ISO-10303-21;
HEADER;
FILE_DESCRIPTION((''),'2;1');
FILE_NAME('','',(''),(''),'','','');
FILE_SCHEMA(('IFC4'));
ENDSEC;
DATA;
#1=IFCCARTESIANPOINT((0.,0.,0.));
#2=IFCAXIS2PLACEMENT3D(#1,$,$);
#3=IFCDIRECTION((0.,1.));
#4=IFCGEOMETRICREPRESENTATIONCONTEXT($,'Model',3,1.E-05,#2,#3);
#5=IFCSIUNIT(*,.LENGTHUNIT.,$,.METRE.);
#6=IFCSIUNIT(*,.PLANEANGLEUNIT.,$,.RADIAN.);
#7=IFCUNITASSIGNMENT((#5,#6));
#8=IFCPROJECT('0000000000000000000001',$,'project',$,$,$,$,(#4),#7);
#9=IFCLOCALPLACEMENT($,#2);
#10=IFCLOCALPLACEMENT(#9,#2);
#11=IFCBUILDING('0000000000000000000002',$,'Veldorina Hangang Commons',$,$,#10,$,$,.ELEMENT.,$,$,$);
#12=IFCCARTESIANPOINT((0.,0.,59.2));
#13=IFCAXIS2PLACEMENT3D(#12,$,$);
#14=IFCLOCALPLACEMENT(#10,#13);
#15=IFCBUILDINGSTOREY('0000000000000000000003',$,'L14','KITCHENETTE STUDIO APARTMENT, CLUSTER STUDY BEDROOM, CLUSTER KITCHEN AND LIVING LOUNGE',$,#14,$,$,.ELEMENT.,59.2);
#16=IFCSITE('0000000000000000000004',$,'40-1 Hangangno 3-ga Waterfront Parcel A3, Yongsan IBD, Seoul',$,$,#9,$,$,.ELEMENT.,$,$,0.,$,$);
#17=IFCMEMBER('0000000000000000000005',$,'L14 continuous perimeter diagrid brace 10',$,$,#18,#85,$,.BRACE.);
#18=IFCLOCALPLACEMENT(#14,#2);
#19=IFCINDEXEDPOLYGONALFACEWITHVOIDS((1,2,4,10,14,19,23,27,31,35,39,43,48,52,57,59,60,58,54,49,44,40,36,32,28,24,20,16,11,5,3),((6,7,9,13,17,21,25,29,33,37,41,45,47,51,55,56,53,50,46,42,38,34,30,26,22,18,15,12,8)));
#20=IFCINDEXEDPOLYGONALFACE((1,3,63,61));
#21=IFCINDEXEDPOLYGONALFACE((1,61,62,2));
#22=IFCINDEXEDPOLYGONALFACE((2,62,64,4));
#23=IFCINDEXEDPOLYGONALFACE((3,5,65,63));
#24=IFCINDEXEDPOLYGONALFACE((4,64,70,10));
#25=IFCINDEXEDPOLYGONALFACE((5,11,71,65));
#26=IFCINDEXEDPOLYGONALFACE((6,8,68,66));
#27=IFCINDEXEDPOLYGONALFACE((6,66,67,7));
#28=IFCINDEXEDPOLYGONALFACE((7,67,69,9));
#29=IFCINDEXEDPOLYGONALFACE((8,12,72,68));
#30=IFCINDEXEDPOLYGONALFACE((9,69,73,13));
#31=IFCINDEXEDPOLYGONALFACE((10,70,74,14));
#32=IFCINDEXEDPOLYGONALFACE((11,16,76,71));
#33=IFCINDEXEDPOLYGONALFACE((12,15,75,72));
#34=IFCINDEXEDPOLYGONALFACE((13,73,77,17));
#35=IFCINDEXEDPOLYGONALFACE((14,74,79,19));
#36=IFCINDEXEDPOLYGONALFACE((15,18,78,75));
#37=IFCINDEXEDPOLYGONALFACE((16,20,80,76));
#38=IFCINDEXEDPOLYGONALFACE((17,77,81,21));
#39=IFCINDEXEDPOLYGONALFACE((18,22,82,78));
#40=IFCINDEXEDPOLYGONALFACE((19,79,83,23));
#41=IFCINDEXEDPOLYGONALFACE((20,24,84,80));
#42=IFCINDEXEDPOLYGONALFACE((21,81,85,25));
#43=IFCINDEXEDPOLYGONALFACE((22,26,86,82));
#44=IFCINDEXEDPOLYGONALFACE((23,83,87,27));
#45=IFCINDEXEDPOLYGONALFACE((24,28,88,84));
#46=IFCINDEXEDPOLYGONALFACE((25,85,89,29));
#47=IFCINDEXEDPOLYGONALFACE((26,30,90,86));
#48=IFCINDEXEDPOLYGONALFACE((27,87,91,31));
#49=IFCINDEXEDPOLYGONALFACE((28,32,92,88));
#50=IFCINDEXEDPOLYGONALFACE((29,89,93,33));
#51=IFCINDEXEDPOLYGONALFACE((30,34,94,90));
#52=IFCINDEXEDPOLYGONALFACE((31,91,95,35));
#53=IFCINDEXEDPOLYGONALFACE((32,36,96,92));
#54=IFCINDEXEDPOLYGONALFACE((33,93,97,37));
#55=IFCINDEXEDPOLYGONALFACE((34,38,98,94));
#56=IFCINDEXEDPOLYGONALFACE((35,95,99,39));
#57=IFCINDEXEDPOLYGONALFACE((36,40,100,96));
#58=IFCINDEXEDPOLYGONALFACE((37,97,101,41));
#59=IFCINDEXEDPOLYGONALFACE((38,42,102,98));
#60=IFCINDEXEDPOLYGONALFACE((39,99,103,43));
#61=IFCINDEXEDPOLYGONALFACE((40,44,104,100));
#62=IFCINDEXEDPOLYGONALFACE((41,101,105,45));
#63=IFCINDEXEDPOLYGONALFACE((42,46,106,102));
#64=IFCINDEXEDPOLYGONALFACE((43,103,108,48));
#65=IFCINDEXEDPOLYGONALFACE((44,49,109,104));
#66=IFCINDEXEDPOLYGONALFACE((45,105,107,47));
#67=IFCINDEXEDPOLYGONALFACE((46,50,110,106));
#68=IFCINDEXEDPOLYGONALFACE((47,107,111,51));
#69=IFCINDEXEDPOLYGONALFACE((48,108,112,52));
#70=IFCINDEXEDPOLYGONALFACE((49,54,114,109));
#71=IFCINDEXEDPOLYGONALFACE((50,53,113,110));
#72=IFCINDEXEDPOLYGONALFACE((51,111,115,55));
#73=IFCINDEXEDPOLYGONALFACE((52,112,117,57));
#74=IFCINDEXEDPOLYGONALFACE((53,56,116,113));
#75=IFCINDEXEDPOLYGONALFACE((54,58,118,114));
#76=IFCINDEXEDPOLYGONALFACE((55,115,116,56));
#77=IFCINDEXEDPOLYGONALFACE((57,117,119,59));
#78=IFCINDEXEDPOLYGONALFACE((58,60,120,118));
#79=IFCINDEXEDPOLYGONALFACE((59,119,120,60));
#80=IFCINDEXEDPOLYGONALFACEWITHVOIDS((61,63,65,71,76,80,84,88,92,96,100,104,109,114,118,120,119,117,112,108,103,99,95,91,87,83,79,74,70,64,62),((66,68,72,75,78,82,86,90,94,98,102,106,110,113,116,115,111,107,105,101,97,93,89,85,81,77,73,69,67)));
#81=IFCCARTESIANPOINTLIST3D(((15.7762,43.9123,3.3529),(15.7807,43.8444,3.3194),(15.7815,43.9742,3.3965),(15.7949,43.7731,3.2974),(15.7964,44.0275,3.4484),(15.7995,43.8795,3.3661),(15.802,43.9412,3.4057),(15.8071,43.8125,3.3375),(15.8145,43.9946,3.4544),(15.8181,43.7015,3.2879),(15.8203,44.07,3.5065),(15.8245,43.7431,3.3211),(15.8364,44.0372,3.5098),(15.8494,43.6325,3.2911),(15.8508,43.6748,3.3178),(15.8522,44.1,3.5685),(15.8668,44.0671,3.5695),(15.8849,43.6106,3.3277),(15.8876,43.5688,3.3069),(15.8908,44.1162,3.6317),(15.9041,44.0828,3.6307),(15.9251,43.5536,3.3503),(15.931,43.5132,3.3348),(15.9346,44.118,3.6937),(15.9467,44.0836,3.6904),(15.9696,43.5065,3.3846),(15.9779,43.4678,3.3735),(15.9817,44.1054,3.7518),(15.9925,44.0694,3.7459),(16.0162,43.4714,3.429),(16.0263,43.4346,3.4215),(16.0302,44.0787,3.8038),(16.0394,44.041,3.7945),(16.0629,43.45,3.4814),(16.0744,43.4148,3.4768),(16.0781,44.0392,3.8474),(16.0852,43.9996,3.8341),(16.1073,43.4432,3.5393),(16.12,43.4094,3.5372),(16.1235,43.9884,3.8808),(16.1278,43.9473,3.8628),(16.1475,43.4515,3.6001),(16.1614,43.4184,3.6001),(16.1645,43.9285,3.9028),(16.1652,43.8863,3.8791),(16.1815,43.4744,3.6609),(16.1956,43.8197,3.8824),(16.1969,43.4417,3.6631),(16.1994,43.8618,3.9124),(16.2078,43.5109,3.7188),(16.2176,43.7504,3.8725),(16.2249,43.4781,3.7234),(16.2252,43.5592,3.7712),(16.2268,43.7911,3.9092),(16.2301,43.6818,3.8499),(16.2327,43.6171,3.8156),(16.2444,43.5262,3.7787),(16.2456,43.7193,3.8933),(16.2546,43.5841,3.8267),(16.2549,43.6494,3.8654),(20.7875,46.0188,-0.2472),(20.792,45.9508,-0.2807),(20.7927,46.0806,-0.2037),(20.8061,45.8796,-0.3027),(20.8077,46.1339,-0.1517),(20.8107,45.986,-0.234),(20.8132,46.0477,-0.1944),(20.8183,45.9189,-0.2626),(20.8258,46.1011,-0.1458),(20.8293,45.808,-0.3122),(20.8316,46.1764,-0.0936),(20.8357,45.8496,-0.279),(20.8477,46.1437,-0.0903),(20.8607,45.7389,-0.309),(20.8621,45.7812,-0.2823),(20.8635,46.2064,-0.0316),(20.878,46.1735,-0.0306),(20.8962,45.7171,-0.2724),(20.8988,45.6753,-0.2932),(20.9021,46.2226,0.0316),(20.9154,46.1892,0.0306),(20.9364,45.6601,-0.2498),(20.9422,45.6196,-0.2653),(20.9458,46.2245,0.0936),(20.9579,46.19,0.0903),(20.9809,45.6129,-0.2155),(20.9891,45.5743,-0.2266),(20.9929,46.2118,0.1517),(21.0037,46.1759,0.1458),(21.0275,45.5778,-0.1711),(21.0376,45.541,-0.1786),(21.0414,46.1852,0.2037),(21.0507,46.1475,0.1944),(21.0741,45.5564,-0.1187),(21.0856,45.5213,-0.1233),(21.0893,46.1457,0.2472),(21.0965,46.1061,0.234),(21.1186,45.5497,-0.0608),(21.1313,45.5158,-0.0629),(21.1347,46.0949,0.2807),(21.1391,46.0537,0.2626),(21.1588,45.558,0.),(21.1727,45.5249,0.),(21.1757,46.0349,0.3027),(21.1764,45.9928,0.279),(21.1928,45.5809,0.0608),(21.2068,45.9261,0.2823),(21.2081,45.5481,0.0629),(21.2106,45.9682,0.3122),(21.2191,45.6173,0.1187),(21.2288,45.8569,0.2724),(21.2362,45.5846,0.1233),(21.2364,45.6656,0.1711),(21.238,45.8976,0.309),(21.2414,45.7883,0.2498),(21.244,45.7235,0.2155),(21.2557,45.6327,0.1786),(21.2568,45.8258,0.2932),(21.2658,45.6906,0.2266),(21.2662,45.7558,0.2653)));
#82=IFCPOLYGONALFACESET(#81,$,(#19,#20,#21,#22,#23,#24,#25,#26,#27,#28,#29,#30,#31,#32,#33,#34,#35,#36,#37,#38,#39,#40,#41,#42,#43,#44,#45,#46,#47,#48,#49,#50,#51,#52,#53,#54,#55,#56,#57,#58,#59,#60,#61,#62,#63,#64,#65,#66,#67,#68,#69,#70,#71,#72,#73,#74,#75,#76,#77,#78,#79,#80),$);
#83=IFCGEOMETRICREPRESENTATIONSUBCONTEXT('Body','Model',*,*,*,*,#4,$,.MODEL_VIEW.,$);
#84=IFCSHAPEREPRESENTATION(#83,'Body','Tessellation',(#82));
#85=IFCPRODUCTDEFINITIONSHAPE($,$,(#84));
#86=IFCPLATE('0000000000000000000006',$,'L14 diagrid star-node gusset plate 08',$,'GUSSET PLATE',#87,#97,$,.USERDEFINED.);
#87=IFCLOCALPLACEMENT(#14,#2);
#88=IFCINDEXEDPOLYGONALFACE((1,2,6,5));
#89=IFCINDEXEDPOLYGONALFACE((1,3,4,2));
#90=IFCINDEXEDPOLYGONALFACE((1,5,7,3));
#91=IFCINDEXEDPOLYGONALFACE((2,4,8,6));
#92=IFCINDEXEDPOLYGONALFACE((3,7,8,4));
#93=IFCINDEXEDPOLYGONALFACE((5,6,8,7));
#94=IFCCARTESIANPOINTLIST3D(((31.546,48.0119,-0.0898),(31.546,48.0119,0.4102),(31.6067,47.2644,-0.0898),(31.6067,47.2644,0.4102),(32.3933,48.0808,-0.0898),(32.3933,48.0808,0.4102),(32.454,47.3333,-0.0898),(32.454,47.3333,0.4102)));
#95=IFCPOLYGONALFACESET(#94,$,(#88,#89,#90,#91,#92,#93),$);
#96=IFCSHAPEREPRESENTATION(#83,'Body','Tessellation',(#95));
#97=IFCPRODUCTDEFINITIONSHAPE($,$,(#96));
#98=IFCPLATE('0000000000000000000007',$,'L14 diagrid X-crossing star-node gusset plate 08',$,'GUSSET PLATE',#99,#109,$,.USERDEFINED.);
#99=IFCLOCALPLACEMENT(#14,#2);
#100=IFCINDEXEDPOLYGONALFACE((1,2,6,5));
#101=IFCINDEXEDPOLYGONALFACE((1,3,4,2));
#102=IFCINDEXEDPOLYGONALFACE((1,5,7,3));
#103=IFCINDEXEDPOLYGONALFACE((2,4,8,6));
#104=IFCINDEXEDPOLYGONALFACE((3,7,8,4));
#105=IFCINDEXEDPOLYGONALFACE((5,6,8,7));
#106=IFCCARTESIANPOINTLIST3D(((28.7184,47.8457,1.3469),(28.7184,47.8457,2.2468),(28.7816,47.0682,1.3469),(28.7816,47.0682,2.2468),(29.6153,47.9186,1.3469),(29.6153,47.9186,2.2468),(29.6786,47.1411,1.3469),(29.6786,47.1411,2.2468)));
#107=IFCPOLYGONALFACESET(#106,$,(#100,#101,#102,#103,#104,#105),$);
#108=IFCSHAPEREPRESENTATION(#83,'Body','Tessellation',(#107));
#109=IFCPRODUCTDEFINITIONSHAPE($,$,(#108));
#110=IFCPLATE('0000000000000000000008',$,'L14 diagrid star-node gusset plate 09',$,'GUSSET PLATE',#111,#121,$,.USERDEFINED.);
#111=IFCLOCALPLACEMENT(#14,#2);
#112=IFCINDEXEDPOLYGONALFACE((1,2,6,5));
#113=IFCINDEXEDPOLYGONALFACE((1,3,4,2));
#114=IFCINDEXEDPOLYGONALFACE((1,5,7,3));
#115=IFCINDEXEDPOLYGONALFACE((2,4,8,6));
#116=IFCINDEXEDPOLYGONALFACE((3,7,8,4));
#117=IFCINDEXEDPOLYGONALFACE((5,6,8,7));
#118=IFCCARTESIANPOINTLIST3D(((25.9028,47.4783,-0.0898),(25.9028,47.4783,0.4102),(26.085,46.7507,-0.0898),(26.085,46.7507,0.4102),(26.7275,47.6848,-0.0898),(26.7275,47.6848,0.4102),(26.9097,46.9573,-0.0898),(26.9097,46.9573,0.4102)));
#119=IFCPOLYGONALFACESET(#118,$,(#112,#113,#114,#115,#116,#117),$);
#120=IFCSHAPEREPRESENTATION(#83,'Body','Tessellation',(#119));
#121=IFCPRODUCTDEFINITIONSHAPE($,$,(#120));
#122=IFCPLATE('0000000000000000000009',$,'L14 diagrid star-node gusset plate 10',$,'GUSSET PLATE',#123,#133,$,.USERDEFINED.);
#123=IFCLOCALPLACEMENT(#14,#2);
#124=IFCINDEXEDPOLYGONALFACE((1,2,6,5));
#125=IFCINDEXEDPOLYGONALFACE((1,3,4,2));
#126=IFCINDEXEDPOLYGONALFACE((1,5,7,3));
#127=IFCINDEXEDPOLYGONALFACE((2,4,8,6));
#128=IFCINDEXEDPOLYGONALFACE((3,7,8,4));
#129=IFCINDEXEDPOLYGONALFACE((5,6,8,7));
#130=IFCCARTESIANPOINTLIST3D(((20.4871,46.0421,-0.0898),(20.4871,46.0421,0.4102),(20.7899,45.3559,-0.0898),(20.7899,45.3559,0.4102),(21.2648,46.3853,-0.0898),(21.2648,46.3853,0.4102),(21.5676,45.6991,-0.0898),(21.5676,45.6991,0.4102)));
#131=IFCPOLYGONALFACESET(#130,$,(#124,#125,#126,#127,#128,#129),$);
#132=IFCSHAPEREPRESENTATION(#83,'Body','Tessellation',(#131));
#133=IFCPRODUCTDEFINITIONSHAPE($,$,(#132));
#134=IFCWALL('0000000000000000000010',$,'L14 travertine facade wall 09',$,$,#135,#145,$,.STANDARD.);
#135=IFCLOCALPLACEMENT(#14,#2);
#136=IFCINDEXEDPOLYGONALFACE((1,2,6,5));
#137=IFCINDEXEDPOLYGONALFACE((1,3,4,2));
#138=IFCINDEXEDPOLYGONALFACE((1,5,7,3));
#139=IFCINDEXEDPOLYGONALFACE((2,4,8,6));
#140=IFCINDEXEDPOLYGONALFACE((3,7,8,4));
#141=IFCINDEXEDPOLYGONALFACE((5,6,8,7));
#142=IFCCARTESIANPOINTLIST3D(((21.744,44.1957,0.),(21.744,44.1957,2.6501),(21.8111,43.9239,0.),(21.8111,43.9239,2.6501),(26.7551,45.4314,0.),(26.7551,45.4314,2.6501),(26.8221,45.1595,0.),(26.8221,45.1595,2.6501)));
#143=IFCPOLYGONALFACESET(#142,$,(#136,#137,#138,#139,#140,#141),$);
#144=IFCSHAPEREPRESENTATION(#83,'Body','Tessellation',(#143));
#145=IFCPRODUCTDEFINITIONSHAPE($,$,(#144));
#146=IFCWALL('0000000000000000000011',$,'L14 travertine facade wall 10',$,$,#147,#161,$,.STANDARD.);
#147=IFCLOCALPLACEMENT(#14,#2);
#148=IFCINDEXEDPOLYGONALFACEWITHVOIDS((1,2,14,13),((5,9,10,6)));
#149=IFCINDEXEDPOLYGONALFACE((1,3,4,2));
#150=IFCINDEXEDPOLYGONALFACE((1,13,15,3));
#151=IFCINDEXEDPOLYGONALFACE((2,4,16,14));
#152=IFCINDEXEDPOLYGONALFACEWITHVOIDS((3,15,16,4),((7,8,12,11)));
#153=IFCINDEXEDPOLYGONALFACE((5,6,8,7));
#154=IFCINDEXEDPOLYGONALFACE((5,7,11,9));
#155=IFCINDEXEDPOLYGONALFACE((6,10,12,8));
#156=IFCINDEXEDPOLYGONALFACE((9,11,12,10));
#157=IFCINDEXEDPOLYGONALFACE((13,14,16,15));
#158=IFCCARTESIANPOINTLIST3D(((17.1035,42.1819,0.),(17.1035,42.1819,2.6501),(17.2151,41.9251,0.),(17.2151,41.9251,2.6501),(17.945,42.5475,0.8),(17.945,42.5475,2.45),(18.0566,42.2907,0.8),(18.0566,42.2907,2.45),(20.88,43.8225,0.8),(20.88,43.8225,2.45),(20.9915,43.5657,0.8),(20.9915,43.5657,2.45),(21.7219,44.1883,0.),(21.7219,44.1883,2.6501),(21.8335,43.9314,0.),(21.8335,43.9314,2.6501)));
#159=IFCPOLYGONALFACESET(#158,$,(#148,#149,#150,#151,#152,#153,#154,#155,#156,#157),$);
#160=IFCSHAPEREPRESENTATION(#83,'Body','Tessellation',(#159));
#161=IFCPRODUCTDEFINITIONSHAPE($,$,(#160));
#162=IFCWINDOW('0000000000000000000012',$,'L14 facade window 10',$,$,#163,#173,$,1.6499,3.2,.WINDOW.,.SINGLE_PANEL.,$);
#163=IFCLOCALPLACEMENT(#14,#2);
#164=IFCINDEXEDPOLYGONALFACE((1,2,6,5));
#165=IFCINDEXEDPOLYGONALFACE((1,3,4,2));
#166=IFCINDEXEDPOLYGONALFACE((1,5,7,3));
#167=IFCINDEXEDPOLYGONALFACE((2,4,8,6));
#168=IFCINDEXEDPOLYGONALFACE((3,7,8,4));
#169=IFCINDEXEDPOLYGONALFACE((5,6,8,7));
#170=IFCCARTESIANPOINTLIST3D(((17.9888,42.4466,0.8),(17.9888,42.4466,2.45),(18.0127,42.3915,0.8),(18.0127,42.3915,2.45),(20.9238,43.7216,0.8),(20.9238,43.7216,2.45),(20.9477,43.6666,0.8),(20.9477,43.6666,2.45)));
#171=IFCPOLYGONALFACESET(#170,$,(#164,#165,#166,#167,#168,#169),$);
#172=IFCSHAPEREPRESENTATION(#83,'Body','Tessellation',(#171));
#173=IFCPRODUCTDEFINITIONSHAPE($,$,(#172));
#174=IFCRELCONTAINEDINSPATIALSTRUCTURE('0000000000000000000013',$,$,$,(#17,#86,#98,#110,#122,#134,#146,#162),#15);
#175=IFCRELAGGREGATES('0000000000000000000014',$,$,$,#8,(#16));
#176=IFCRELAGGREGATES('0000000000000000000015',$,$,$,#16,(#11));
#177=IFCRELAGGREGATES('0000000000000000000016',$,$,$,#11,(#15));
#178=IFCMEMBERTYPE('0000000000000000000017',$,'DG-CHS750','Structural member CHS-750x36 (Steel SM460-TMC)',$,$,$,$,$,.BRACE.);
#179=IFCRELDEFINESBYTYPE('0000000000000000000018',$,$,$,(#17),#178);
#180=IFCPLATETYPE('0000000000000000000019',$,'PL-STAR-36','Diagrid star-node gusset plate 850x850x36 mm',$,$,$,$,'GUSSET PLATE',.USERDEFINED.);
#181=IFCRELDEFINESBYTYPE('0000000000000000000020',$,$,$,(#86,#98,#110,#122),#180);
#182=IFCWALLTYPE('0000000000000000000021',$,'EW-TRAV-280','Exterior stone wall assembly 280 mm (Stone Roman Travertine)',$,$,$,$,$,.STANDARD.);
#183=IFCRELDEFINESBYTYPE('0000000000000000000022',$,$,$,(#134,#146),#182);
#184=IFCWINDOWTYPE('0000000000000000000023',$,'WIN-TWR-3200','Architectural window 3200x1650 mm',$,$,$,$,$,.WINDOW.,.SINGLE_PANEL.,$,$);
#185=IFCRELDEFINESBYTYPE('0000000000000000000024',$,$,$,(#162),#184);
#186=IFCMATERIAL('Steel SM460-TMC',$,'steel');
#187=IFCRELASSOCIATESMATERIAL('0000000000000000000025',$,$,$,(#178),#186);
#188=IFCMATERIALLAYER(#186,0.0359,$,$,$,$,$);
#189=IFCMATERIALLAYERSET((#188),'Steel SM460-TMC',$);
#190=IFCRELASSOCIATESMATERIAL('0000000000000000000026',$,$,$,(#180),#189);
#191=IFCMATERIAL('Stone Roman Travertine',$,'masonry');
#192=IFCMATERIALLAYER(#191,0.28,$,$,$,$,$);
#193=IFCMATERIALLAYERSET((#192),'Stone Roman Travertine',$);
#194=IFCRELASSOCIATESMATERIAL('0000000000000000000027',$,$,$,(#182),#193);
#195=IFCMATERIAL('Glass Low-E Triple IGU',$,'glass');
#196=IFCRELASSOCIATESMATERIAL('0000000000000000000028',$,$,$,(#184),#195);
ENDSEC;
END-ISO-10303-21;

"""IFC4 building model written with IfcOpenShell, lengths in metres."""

from ifc_helpers import new_model, si_unit, direction, frame, frame_2d, origin, origin_2d, place, context, subcontext, project, spatial, rectangle, hollow_circle, extrude, material, layer, layer_set, material_profile, profile_set, type_object, element, fill, save


model = new_model("IFC4")

# Units and contexts
model_context = context("Model", 3, precision=1e-05, world=origin(), true_north=direction((0.0, 1.0)))
body_context = subcontext(model_context, "Body", "Model", "MODEL_VIEW")
ifc_project = project(units=[si_unit("LENGTHUNIT", "METRE"), si_unit("PLANEANGLEUNIT", "RADIAN")], contexts=[model_context])

# Site, building, storey
site_placement = place(None, origin())
site = spatial("IfcSite", under=ifc_project, at=site_placement, Name="40-1 Hangangno 3-ga Waterfront Parcel A3, Yongsan IBD, Seoul", CompositionType="ELEMENT", RefElevation=0.0)
building_placement = place(site_placement, origin())
building = spatial("IfcBuilding", under=site, at=building_placement, Name="Veldorina Hangang Commons", CompositionType="ELEMENT")
storey_placement = place(building_placement, frame((0.0, 0.0, 59.2)))
storey = spatial("IfcBuildingStorey", under=building, at=storey_placement, Name="L14", Description="KITCHENETTE STUDIO APARTMENT, CLUSTER STUDY BEDROOM, CLUSTER KITCHEN AND LIVING LOUNGE", CompositionType="ELEMENT", Elevation=59.2)

# Shared definitions
ifc_material_1 = material(Name="Steel SM460-TMC", Category="steel")

# Member
ifc_material_profile_1 = material_profile(ifc_material_1, hollow_circle(Radius=0.375, WallThickness=0.0359, at=origin_2d()), Name="CHS-750x36")
ifc_profile_set_1 = profile_set([ifc_material_profile_1], Name="Steel SM460-TMC")
member_type = type_object("IfcMemberType", Name="DG-CHS750", Description="Structural member CHS-750x36 (Steel SM460-TMC)", PredefinedType="BRACE", material=ifc_profile_set_1)
member_1_placement = place(storey_placement, frame((21.0273, 45.8706, 0.0), z_axis=(-0.768595, -0.323075, 0.552163), x_axis=(0.387503, -0.921869, 0.0)))
element("IfcMember", 1, at=member_1_placement, inside=storey, type_object=member_type, Name="L14 continuous perimeter diagrid brace 10", PredefinedType="BRACE", context=body_context, shape_type="SweptSolid", body=[
    extrude(hollow_circle(Radius=0.375, WallThickness=0.0359, at=origin_2d()), origin(), (0.0, 0.0, 1.0), 6.52),
])

# Plates
ifc_layer_1 = layer(ifc_material_1, 0.0359)
ifc_layer_set_1 = layer_set([ifc_layer_1], Name="Steel SM460-TMC")
plate_type = type_object("IfcPlateType", Name="PL-STAR-36", Description="Diagrid star-node gusset plate 850x850x36 mm", ElementType="GUSSET PLATE", PredefinedType="USERDEFINED", material=ifc_layer_set_1)
plate_1_placement = place(storey_placement, frame((32.0, 47.6726, -0.0898), z_axis=(0.0, 0.0, 1.0), x_axis=(-0.99671, -0.081051, 0.0)))
element("IfcPlate", 2, at=plate_1_placement, inside=storey, type_object=plate_type, Name="L14 diagrid star-node gusset plate 08", ObjectType="GUSSET PLATE", PredefinedType="USERDEFINED", context=body_context, shape_type="SweptSolid", body=[
    extrude(rectangle(XDim=0.8501, YDim=0.75, at=origin_2d()), origin(), (0.0, 0.0, 1.0), 0.5),
])
plate_2_placement = place(storey_placement, frame((29.1985, 47.4934, 1.3469), z_axis=(0.0, 0.0, 1.0), x_axis=(-0.99671, -0.081051, 0.0)))
element("IfcPlate", 3, at=plate_2_placement, inside=storey, type_object=plate_type, Name="L14 diagrid X-crossing star-node gusset plate 08", ObjectType="GUSSET PLATE", PredefinedType="USERDEFINED", context=body_context, shape_type="SweptSolid", body=[
    extrude(rectangle(XDim=0.8999, YDim=0.78, at=origin_2d()), origin(), (0.0, 0.0, 1.0), 0.8999),
])
for number, where, z_axis, x_axis, name in (
    (4, (26.4062, 47.2178, -0.0898), (0.0, 0.0, 1.0), (-0.970042, -0.242938, 0.0), "L14 diagrid star-node gusset plate 09"),
    (5, (21.0273, 45.8706, -0.0898), (0.0, 0.0, 1.0), (-0.914875, -0.403737, 0.0), "L14 diagrid star-node gusset plate 10"),
):
    element("IfcPlate", number, at=place(storey_placement, frame(where, z_axis=z_axis, x_axis=x_axis)), inside=storey, type_object=plate_type, Name=name, ObjectType="GUSSET PLATE", PredefinedType="USERDEFINED", context=body_context, shape_type="SweptSolid", body=[
        extrude(rectangle(XDim=0.8501, YDim=0.75, at=origin_2d()), origin(), (0.0, 0.0, 1.0), 0.5),
    ])

# Wall
ifc_material_2 = material(Name="Stone Roman Travertine", Category="masonry")
ifc_layer_2 = layer(ifc_material_2, 0.28)
ifc_layer_set_2 = layer_set([ifc_layer_2], Name="Stone Roman Travertine")
wall_type_1 = type_object("IfcWallType", Name="EW-TRAV-280", Description="Exterior stone wall assembly 280 mm (Stone Roman Travertine)", PredefinedType="STANDARD", material=ifc_layer_set_2)
wall_1_placement = place(storey_placement, frame((26.7886, 45.2954, 0.0), z_axis=(0.0, 0.0, 1.0), x_axis=(-0.970919, -0.239407, 0.0)))
element("IfcWall", 6, at=wall_1_placement, inside=storey, type_object=wall_type_1, Name="L14 travertine facade wall 09", PredefinedType="STANDARD", context=body_context, shape_type="SweptSolid", body=[
    extrude(rectangle(XDim=5.1611, YDim=0.28, at=frame_2d((2.5806, 0.0))), origin(), (0.0, 0.0, 1.0), 2.6501),
])

# Wall, opening, window
wall_2_placement = place(storey_placement, frame((21.7776, 44.0598, 0.0), z_axis=(0.0, 0.0, 1.0), x_axis=(-0.91719, -0.39845, 0.0)))
wall_2 = element("IfcWall", 7, at=wall_2_placement, inside=storey, type_object=wall_type_1, Name="L14 travertine facade wall 10", PredefinedType="STANDARD", context=body_context, shape_type="SweptSolid", body=[
    extrude(rectangle(XDim=5.0354, YDim=0.28, at=frame_2d((2.5176, 0.0))), origin(), (0.0, 0.0, 1.0), 2.6501),
])
opening_1_placement = place(wall_2_placement, frame((0.9177, 0.0, 0.8)))
opening_1 = element("IfcOpeningElement", 8, at=opening_1_placement, cuts=wall_2, PredefinedType="OPENING", context=body_context, shape_type="SweptSolid", body=[
    extrude(rectangle(XDim=3.2, YDim=1.6499, at=frame_2d((1.6001, 0.825))), frame((0.0, 0.1499, 0.0), z_axis=(0.0, -1.0, 0.0), x_axis=(1.0, 0.0, 0.0)), (0.0, 0.0, 1.0), 0.3),
])
ifc_material_3 = material(Name="Glass Low-E Triple IGU", Category="glass")
window_type = type_object("IfcWindowType", Name="WIN-TWR-3200", Description="Architectural window 3200x1650 mm", PartitioningType="SINGLE_PANEL", PredefinedType="WINDOW", material=ifc_material_3)
window_placement = place(opening_1_placement, origin())
window = element("IfcWindow", 9, at=window_placement, inside=storey, type_object=window_type, Name="L14 facade window 10", OverallHeight=1.6499, OverallWidth=3.2, PartitioningType="SINGLE_PANEL", PredefinedType="WINDOW", context=body_context, shape_type="SweptSolid", body=[
    extrude(rectangle(XDim=3.2, YDim=1.6499, at=frame_2d((1.6001, 0.825))), frame((0.0, 0.03, 0.0), z_axis=(0.0, -1.0, 0.0), x_axis=(1.0, 0.0, 0.0)), (0.0, 0.0, 1.0), 0.0601),
])
fill(opening_1, window)

save(model, "model.ifc")
